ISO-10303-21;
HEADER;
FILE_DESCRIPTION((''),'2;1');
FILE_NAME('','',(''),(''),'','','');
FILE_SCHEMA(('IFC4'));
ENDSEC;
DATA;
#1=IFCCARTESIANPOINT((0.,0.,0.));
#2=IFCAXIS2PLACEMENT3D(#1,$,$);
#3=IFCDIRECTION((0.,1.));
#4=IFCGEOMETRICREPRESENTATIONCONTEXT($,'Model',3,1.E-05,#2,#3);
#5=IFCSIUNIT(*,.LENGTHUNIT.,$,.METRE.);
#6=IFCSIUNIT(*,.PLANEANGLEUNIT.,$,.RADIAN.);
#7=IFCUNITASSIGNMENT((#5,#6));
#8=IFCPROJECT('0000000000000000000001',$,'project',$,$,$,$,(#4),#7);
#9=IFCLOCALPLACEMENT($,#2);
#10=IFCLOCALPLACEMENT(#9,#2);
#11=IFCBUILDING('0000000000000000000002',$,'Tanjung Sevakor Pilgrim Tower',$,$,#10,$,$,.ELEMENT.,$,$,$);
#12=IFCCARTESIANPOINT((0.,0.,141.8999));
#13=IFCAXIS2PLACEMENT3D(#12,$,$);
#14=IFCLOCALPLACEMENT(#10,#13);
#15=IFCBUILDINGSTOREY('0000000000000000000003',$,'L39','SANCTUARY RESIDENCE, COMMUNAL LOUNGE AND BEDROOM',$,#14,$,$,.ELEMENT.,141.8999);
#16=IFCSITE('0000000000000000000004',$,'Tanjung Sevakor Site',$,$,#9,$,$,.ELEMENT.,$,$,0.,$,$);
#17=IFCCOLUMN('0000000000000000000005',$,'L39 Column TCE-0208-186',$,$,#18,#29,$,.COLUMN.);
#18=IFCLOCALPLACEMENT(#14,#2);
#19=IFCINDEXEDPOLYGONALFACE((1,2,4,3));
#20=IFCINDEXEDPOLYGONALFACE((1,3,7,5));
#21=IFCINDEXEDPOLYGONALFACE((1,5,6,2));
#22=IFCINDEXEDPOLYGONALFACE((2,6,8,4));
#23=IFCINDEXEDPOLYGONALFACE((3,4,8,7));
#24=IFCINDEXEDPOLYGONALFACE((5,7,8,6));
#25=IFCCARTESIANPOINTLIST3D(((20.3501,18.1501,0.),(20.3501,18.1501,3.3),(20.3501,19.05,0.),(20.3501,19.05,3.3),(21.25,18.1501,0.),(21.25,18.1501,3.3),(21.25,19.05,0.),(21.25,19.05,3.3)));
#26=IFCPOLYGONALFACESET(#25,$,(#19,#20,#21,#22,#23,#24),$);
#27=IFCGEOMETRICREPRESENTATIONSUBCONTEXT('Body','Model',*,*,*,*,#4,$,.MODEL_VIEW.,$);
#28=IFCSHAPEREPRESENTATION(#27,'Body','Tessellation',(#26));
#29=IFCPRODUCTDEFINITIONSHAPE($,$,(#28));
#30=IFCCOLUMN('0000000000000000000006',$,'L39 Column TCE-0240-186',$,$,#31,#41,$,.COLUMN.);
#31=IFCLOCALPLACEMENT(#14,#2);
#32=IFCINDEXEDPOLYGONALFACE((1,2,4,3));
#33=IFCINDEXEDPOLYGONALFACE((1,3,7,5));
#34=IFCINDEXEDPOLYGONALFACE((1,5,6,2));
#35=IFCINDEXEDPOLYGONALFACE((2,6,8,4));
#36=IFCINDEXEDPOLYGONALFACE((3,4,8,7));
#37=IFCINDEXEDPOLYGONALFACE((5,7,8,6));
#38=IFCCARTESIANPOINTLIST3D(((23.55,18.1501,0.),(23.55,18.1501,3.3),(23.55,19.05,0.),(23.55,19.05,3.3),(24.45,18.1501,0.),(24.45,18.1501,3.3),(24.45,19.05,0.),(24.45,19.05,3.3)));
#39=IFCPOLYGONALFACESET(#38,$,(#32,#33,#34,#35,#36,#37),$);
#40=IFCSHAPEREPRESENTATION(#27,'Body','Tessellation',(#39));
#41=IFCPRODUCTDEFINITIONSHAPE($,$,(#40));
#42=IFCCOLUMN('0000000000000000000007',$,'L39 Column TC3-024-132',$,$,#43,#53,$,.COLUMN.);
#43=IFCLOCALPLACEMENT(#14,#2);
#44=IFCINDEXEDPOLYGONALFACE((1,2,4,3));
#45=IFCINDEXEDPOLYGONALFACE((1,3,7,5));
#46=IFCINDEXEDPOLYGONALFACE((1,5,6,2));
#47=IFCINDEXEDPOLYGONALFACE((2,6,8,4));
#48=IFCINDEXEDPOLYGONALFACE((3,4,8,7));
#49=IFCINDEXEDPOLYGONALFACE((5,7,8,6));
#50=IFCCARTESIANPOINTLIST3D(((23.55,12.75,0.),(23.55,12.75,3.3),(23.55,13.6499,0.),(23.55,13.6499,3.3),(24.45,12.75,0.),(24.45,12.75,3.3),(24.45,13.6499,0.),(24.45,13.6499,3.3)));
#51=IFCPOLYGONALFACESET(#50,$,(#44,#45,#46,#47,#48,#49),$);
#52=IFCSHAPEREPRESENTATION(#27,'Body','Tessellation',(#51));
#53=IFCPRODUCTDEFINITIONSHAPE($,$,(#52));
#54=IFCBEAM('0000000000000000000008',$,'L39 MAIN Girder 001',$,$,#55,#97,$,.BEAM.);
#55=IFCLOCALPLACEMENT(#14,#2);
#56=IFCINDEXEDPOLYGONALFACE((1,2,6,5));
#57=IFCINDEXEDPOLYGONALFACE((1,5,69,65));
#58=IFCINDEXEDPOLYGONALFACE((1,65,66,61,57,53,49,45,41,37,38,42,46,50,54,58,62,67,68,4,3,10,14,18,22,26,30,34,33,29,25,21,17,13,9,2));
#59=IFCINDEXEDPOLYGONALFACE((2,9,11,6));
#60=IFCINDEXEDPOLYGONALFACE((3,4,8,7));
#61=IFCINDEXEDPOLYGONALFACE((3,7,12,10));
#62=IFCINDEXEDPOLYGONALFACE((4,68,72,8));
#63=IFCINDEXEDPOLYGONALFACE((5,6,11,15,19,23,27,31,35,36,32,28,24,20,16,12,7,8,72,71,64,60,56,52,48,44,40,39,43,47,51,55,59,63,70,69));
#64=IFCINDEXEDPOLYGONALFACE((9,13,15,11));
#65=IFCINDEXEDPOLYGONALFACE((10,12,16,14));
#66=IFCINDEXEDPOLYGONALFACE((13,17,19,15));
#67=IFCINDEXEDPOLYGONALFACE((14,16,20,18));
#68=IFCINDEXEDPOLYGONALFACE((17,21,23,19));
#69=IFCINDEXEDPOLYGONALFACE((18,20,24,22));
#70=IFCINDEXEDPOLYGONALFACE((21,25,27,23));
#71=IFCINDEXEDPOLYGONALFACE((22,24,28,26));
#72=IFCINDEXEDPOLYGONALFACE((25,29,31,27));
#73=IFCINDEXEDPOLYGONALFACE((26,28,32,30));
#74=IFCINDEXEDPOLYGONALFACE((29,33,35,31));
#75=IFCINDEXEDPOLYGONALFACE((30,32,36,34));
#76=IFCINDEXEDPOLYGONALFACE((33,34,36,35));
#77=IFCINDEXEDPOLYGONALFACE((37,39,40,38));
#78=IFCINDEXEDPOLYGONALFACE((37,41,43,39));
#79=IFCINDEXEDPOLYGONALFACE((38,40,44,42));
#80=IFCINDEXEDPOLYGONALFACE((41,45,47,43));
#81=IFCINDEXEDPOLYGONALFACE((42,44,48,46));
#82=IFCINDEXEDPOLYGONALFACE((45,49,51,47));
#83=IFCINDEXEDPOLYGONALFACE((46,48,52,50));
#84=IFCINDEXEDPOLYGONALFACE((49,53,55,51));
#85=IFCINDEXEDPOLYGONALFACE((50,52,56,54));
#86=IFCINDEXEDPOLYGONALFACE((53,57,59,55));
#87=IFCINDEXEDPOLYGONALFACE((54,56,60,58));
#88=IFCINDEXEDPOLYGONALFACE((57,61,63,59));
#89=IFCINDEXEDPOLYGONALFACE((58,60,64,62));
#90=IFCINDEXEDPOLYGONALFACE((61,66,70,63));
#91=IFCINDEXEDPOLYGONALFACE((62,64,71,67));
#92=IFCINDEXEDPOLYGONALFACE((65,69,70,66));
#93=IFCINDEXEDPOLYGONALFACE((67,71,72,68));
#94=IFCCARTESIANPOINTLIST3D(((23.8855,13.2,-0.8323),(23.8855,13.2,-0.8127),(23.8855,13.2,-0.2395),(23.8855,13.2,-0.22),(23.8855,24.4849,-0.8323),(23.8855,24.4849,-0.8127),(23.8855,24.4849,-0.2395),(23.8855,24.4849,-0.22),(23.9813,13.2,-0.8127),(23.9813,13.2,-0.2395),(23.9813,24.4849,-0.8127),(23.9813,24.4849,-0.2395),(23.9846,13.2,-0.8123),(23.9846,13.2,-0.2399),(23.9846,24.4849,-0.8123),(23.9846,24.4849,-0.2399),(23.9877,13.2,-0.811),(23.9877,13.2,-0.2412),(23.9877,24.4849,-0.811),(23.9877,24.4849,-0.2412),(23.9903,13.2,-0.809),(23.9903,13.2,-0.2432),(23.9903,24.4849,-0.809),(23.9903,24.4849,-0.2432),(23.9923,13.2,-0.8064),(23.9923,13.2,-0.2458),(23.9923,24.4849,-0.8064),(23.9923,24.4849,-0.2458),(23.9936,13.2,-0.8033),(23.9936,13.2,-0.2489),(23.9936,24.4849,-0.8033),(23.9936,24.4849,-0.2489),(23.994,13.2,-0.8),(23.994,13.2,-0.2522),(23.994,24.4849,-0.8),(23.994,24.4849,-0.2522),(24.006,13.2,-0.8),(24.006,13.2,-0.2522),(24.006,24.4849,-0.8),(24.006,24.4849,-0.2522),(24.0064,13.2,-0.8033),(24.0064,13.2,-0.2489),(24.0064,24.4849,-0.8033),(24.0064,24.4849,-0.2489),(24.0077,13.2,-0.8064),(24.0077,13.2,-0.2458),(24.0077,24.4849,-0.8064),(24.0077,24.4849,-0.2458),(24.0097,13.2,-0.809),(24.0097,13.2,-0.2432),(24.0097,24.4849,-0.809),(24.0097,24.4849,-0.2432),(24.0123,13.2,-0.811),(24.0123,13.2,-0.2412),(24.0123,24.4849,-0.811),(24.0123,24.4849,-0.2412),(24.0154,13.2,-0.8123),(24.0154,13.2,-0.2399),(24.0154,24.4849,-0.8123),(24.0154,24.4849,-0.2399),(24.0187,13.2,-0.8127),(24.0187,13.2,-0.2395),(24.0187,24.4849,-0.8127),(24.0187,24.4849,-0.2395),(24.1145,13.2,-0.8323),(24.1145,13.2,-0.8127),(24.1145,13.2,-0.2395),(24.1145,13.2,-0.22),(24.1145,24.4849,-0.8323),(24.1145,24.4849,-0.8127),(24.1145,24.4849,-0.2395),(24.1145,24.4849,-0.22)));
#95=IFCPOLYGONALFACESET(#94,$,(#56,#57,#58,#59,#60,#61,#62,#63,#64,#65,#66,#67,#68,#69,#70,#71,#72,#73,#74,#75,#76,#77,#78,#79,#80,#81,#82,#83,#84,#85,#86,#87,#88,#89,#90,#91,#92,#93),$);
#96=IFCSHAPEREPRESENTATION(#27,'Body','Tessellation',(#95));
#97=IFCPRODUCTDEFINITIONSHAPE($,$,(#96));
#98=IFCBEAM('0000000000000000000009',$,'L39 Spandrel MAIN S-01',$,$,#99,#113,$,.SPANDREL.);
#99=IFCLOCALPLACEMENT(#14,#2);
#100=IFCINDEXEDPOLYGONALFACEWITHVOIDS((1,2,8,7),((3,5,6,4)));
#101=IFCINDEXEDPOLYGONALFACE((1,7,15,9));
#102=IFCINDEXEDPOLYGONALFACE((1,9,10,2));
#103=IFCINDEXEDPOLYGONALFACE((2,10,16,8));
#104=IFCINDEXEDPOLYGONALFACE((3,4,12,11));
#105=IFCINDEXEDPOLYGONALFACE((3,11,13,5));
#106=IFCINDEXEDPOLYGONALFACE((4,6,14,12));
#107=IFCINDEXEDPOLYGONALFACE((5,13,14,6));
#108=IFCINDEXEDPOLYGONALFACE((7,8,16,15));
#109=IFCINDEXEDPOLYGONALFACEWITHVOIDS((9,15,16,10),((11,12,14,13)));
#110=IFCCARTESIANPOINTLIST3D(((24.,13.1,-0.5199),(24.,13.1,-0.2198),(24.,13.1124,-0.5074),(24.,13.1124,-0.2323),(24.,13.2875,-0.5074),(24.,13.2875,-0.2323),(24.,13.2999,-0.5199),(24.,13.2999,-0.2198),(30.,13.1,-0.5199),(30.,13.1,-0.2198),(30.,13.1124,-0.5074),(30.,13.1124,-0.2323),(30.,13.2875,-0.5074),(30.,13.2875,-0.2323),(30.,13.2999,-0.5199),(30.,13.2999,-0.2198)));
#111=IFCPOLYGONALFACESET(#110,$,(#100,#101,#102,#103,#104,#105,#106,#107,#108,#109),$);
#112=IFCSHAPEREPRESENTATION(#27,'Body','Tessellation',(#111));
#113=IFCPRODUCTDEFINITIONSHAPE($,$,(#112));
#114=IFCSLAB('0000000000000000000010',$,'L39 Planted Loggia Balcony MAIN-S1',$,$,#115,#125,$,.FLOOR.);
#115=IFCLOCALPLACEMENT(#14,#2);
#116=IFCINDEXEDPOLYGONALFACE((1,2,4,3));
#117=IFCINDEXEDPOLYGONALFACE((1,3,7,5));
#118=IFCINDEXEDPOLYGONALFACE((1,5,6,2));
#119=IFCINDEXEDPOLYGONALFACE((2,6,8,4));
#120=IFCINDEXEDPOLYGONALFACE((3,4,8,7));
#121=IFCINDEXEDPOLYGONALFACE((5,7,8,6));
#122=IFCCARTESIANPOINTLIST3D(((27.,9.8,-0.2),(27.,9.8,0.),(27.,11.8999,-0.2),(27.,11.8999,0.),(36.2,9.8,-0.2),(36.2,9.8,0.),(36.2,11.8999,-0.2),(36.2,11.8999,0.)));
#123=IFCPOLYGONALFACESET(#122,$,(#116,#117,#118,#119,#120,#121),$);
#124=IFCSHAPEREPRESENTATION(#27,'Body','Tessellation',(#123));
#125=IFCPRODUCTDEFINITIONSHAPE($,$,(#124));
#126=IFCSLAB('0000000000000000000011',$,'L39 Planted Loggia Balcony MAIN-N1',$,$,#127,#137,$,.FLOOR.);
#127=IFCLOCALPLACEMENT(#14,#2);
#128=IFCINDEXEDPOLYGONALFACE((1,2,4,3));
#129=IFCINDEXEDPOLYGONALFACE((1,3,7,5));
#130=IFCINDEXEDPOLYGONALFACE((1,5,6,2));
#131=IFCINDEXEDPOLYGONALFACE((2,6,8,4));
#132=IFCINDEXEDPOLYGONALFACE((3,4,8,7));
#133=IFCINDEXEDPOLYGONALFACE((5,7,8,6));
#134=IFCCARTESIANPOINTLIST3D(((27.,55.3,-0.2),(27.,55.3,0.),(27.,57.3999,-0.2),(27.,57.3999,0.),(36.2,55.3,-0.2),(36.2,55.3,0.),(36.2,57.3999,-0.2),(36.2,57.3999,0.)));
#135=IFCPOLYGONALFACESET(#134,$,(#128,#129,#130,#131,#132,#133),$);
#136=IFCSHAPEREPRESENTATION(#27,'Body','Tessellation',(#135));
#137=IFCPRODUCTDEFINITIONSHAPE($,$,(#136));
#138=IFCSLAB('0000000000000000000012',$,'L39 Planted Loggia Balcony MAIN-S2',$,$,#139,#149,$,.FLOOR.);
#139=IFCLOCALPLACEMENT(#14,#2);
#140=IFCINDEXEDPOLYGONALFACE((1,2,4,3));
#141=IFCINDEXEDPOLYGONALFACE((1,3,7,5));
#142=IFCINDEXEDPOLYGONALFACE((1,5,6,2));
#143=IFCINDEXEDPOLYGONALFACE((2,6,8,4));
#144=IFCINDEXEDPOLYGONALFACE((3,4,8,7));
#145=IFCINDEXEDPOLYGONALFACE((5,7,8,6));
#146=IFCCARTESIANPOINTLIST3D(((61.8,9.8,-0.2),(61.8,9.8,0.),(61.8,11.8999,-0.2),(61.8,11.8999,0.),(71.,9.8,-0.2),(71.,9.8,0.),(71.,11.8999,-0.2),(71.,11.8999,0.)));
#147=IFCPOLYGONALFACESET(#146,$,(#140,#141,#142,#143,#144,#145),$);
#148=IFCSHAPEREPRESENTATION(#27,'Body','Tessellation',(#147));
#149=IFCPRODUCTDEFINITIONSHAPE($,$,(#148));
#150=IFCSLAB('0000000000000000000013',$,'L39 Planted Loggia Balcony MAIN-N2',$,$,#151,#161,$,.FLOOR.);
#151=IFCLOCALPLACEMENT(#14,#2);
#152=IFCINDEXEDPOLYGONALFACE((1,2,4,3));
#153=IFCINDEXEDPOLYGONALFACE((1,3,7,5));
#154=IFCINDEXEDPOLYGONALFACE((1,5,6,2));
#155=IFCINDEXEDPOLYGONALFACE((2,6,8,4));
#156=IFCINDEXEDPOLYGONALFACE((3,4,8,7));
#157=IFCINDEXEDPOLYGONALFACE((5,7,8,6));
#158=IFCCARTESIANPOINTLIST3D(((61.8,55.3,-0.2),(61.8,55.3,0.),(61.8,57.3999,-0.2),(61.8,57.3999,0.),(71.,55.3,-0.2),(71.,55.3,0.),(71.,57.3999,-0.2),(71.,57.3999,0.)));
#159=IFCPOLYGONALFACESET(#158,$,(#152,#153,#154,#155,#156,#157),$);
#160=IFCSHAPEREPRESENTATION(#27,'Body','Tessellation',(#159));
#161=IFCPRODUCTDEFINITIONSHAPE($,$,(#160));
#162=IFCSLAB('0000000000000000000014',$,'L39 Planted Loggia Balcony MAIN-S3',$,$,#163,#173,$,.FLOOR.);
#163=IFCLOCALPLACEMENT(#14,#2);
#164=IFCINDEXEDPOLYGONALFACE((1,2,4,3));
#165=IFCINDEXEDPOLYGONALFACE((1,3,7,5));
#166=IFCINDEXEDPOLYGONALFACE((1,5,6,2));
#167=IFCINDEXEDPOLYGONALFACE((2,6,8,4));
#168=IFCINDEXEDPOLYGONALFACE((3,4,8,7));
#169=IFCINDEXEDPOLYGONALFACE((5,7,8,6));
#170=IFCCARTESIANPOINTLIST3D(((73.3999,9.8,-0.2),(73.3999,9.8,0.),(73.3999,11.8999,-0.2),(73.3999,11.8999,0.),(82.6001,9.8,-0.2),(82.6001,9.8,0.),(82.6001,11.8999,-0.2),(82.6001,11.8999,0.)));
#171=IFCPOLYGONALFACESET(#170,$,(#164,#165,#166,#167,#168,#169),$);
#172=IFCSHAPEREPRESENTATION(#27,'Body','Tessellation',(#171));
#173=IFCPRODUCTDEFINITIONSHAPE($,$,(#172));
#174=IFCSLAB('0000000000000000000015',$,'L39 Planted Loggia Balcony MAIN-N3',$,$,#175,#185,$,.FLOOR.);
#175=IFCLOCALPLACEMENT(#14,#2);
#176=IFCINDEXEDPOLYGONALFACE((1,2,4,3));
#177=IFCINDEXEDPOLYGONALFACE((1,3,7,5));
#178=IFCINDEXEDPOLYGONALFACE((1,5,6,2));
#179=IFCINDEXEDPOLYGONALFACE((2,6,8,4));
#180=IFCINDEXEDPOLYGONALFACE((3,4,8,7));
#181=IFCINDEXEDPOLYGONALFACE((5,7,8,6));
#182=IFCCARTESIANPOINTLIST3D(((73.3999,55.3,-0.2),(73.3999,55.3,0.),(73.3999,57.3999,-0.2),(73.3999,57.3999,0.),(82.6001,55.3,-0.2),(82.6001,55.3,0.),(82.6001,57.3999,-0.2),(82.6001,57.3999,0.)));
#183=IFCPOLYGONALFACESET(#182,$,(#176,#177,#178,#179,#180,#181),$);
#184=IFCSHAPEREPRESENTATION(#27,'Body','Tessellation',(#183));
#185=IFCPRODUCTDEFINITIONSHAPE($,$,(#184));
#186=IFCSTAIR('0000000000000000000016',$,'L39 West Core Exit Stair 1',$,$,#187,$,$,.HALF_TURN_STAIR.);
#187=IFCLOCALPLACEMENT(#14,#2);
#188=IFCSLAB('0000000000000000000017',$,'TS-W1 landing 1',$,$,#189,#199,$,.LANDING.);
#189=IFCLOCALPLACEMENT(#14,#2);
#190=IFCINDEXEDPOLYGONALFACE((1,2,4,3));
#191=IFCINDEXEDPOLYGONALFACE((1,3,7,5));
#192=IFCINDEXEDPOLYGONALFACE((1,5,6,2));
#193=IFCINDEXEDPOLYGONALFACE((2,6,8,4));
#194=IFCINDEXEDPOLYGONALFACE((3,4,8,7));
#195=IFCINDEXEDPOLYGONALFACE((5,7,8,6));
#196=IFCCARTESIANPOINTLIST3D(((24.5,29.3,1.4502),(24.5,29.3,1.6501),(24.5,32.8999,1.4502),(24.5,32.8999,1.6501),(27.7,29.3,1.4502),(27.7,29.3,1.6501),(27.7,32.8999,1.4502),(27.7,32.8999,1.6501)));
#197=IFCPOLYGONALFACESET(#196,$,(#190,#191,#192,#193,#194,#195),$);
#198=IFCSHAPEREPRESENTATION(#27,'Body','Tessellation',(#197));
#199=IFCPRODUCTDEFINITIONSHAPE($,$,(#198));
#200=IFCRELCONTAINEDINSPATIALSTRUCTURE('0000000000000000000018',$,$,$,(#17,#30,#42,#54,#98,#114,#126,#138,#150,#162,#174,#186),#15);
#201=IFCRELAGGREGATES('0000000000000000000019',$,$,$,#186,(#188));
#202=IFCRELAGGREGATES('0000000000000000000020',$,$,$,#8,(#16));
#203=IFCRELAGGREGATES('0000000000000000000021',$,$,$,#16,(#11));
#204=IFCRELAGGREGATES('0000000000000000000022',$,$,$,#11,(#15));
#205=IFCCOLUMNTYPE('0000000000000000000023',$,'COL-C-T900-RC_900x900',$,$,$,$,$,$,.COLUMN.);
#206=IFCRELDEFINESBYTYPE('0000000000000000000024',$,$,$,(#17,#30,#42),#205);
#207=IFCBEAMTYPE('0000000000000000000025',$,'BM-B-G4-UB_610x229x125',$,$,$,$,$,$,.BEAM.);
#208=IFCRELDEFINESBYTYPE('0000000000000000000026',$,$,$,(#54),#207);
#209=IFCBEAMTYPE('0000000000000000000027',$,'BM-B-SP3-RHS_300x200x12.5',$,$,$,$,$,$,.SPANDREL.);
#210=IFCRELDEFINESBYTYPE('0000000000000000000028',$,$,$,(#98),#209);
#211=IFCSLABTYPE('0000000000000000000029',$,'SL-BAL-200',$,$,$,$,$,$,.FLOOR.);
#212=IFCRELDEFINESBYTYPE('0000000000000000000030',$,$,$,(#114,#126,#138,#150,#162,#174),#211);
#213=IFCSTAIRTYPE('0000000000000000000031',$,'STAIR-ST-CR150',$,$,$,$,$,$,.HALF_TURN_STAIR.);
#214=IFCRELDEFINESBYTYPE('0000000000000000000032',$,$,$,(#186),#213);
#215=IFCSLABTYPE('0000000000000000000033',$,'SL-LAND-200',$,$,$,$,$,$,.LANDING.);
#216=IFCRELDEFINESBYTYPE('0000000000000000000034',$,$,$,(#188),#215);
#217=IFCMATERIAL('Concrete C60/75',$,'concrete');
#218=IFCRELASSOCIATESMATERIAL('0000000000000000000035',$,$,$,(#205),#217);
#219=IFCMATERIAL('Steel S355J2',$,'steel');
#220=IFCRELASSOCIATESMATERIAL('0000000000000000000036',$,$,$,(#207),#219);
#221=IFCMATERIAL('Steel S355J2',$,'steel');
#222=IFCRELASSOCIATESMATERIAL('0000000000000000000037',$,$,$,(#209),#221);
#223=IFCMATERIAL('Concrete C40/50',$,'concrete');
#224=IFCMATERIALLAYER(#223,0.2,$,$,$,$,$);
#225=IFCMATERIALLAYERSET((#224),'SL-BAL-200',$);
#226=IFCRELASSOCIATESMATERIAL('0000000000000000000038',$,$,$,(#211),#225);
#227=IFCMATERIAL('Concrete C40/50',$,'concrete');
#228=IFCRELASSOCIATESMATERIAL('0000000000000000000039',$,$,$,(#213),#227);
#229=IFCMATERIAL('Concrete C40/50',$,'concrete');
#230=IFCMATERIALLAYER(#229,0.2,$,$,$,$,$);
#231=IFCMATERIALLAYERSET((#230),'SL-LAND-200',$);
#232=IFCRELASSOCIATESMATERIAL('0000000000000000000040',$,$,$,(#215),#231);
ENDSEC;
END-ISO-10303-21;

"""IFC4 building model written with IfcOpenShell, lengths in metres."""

from ifc_helpers import new_model, si_unit, direction, frame, origin, origin_2d, place, context, subcontext, project, spatial, polyline, rectangle, hollow_rectangle, i_section, outline, extrude, material, layer, layer_set, material_profile, profile_set, type_object, element, aggregate, save


model = new_model("IFC4")

# Units and contexts
model_context = context("Model", 3, precision=1e-05, world=origin(), true_north=direction((0.0, 1.0)))
body_context = subcontext(model_context, "Body", "Model", "MODEL_VIEW")
ifc_project = project(units=[si_unit("LENGTHUNIT", "METRE"), si_unit("PLANEANGLEUNIT", "RADIAN")], contexts=[model_context])

# Site, building, storey
site_placement = place(None, origin())
site = spatial("IfcSite", under=ifc_project, at=site_placement, Name="Tanjung Sevakor Site", CompositionType="ELEMENT", RefElevation=0.0)
building_placement = place(site_placement, origin())
building = spatial("IfcBuilding", under=site, at=building_placement, Name="Tanjung Sevakor Pilgrim Tower", CompositionType="ELEMENT")
storey_placement = place(building_placement, frame((0.0, 0.0, 141.8999)))
storey = spatial("IfcBuildingStorey", under=building, at=storey_placement, Name="L39", Description="SANCTUARY RESIDENCE, COMMUNAL LOUNGE AND BEDROOM", CompositionType="ELEMENT", Elevation=141.8999)

# Columns
ifc_material_1 = material(Name="Concrete C60/75", Category="concrete")
ifc_material_profile_1 = material_profile(ifc_material_1, rectangle(XDim=0.8999, YDim=0.8999, at=origin_2d()))
ifc_profile_set_1 = profile_set([ifc_material_profile_1], Name="Concrete C60/75")
column_type = type_object("IfcColumnType", Name="COL-C-T900-RC_900x900", PredefinedType="COLUMN", material=ifc_profile_set_1)
for number, where, z_axis, x_axis, name in (
    (1, (20.8, 18.6001, 0.0), (0.0, 0.0, 1.0), (1.0, 0.0, 0.0), "L39 Column TCE-0208-186"),
    (2, (24.0, 18.6001, 0.0), (0.0, 0.0, 1.0), (1.0, 0.0, 0.0), "L39 Column TCE-0240-186"),
    (3, (24.0, 13.2, 0.0), (0.0, 0.0, 1.0), (1.0, 0.0, 0.0), "L39 Column TC3-024-132"),
):
    element("IfcColumn", number, at=place(storey_placement, frame(where, z_axis=z_axis, x_axis=x_axis)), inside=storey, type_object=column_type, Name=name, PredefinedType="COLUMN", context=body_context, shape_type="SweptSolid", body=[
        extrude(rectangle(XDim=0.8999, YDim=0.8999, at=origin_2d()), origin(), (0.0, 0.0, 1.0), 3.3),
    ])

# Beams
ifc_material_2 = material(Name="Steel S355J2", Category="steel")
ifc_material_profile_2 = material_profile(ifc_material_2, i_section(OverallWidth=0.229, OverallDepth=0.6123, WebThickness=0.012, FlangeThickness=0.0195, FilletRadius=0.0127, at=origin_2d()))
ifc_profile_set_2 = profile_set([ifc_material_profile_2], Name="Steel S355J2")
beam_type_1 = type_object("IfcBeamType", Name="BM-B-G4-UB_610x229x125", PredefinedType="BEAM", material=ifc_profile_set_2)
beam_1_placement = place(storey_placement, frame((24.0, 13.2, -0.5261), z_axis=(0.0, 1.0, 0.0), x_axis=(-1.0, 0.0, 0.0)))
element("IfcBeam", 4, at=beam_1_placement, inside=storey, type_object=beam_type_1, Name="L39 MAIN Girder 001", PredefinedType="BEAM", context=body_context, shape_type="SweptSolid", body=[
    extrude(i_section(OverallWidth=0.229, OverallDepth=0.6123, WebThickness=0.012, FlangeThickness=0.0195, FilletRadius=0.0127, at=origin_2d()), origin(), (0.0, 0.0, 1.0), 11.2849),
])
ifc_material_3 = material(Name="Steel S355J2", Category="steel")
ifc_material_profile_3 = material_profile(ifc_material_3, hollow_rectangle(XDim=0.2, YDim=0.3, WallThickness=0.0125, at=origin_2d()))
ifc_profile_set_3 = profile_set([ifc_material_profile_3], Name="Steel S355J2")
beam_type_2 = type_object("IfcBeamType", Name="BM-B-SP3-RHS_300x200x12.5", PredefinedType="SPANDREL", material=ifc_profile_set_3)
beam_2_placement = place(storey_placement, frame((24.0, 13.2, -0.3699), z_axis=(1.0, 0.0, 0.0), x_axis=(0.0, 1.0, 0.0)))
element("IfcBeam", 5, at=beam_2_placement, inside=storey, type_object=beam_type_2, Name="L39 Spandrel MAIN S-01", PredefinedType="SPANDREL", context=body_context, shape_type="SweptSolid", body=[
    extrude(hollow_rectangle(XDim=0.2, YDim=0.3, WallThickness=0.0125, at=origin_2d()), origin(), (0.0, 0.0, 1.0), 6.0),
])

# Slabs
ifc_material_4 = material(Name="Concrete C40/50", Category="concrete")
ifc_layer_1 = layer(ifc_material_4, 0.2)
ifc_layer_set_1 = layer_set([ifc_layer_1], Name="SL-BAL-200")
slab_type_1 = type_object("IfcSlabType", Name="SL-BAL-200", PredefinedType="FLOOR", material=ifc_layer_set_1)
slab_1_placement = place(storey_placement, frame((0.0, 0.0, -0.2)))
element("IfcSlab", 6, at=slab_1_placement, inside=storey, type_object=slab_type_1, Name="L39 Planted Loggia Balcony MAIN-S1", PredefinedType="FLOOR", context=body_context, shape_type="SweptSolid", body=[
    extrude(outline(polyline([(27.0, 9.8), (36.2, 9.8), (36.2, 11.8999), (27.0, 11.8999), (27.0, 9.8)])), origin(), (0.0, 0.0, 1.0), 0.2),
])
slab_2_placement = place(storey_placement, frame((0.0, 0.0, -0.2)))
element("IfcSlab", 7, at=slab_2_placement, inside=storey, type_object=slab_type_1, Name="L39 Planted Loggia Balcony MAIN-N1", PredefinedType="FLOOR", context=body_context, shape_type="SweptSolid", body=[
    extrude(outline(polyline([(27.0, 55.3), (36.2, 55.3), (36.2, 57.3999), (27.0, 57.3999), (27.0, 55.3)])), origin(), (0.0, 0.0, 1.0), 0.2),
])
slab_3_placement = place(storey_placement, frame((0.0, 0.0, -0.2)))
element("IfcSlab", 8, at=slab_3_placement, inside=storey, type_object=slab_type_1, Name="L39 Planted Loggia Balcony MAIN-S2", PredefinedType="FLOOR", context=body_context, shape_type="SweptSolid", body=[
    extrude(outline(polyline([(61.8, 9.8), (71.0, 9.8), (71.0, 11.8999), (61.8, 11.8999), (61.8, 9.8)])), origin(), (0.0, 0.0, 1.0), 0.2),
])
slab_4_placement = place(storey_placement, frame((0.0, 0.0, -0.2)))
element("IfcSlab", 9, at=slab_4_placement, inside=storey, type_object=slab_type_1, Name="L39 Planted Loggia Balcony MAIN-N2", PredefinedType="FLOOR", context=body_context, shape_type="SweptSolid", body=[
    extrude(outline(polyline([(61.8, 55.3), (71.0, 55.3), (71.0, 57.3999), (61.8, 57.3999), (61.8, 55.3)])), origin(), (0.0, 0.0, 1.0), 0.2),
])
slab_5_placement = place(storey_placement, frame((0.0, 0.0, -0.2)))
element("IfcSlab", 10, at=slab_5_placement, inside=storey, type_object=slab_type_1, Name="L39 Planted Loggia Balcony MAIN-S3", PredefinedType="FLOOR", context=body_context, shape_type="SweptSolid", body=[
    extrude(outline(polyline([(73.3999, 9.8), (82.6001, 9.8), (82.6001, 11.8999), (73.3999, 11.8999), (73.3999, 9.8)])), origin(), (0.0, 0.0, 1.0), 0.2),
])
slab_6_placement = place(storey_placement, frame((0.0, 0.0, -0.2)))
element("IfcSlab", 11, at=slab_6_placement, inside=storey, type_object=slab_type_1, Name="L39 Planted Loggia Balcony MAIN-N3", PredefinedType="FLOOR", context=body_context, shape_type="SweptSolid", body=[
    extrude(outline(polyline([(73.3999, 55.3), (82.6001, 55.3), (82.6001, 57.3999), (73.3999, 57.3999), (73.3999, 55.3)])), origin(), (0.0, 0.0, 1.0), 0.2),
])

# Stair, slab
ifc_material_5 = material(Name="Concrete C40/50", Category="concrete")
stair_type = type_object("IfcStairType", Name="STAIR-ST-CR150", PredefinedType="HALF_TURN_STAIR", material=ifc_material_5)
stair_1_placement = place(storey_placement, origin())
stair_1 = element("IfcStair", 12, at=stair_1_placement, inside=storey, type_object=stair_type, Name="L39 West Core Exit Stair 1", PredefinedType="HALF_TURN_STAIR")
ifc_material_6 = material(Name="Concrete C40/50", Category="concrete")
ifc_layer_2 = layer(ifc_material_6, 0.2)
ifc_layer_set_2 = layer_set([ifc_layer_2], Name="SL-LAND-200")
slab_type_2 = type_object("IfcSlabType", Name="SL-LAND-200", PredefinedType="LANDING", material=ifc_layer_set_2)
slab_7_placement = place(storey_placement, frame((0.0, 0.0, 1.4502)))
slab_7 = element("IfcSlab", 13, at=slab_7_placement, type_object=slab_type_2, Name="TS-W1 landing 1", PredefinedType="LANDING", context=body_context, shape_type="SweptSolid", body=[
    extrude(outline(polyline([(27.7, 29.3), (27.7, 32.8999), (24.5, 32.8999), (24.5, 29.3), (27.7, 29.3)])), origin(), (0.0, 0.0, 1.0), 0.2),
])
aggregate(stair_1, [slab_7])

save(model, "model.ifc")
